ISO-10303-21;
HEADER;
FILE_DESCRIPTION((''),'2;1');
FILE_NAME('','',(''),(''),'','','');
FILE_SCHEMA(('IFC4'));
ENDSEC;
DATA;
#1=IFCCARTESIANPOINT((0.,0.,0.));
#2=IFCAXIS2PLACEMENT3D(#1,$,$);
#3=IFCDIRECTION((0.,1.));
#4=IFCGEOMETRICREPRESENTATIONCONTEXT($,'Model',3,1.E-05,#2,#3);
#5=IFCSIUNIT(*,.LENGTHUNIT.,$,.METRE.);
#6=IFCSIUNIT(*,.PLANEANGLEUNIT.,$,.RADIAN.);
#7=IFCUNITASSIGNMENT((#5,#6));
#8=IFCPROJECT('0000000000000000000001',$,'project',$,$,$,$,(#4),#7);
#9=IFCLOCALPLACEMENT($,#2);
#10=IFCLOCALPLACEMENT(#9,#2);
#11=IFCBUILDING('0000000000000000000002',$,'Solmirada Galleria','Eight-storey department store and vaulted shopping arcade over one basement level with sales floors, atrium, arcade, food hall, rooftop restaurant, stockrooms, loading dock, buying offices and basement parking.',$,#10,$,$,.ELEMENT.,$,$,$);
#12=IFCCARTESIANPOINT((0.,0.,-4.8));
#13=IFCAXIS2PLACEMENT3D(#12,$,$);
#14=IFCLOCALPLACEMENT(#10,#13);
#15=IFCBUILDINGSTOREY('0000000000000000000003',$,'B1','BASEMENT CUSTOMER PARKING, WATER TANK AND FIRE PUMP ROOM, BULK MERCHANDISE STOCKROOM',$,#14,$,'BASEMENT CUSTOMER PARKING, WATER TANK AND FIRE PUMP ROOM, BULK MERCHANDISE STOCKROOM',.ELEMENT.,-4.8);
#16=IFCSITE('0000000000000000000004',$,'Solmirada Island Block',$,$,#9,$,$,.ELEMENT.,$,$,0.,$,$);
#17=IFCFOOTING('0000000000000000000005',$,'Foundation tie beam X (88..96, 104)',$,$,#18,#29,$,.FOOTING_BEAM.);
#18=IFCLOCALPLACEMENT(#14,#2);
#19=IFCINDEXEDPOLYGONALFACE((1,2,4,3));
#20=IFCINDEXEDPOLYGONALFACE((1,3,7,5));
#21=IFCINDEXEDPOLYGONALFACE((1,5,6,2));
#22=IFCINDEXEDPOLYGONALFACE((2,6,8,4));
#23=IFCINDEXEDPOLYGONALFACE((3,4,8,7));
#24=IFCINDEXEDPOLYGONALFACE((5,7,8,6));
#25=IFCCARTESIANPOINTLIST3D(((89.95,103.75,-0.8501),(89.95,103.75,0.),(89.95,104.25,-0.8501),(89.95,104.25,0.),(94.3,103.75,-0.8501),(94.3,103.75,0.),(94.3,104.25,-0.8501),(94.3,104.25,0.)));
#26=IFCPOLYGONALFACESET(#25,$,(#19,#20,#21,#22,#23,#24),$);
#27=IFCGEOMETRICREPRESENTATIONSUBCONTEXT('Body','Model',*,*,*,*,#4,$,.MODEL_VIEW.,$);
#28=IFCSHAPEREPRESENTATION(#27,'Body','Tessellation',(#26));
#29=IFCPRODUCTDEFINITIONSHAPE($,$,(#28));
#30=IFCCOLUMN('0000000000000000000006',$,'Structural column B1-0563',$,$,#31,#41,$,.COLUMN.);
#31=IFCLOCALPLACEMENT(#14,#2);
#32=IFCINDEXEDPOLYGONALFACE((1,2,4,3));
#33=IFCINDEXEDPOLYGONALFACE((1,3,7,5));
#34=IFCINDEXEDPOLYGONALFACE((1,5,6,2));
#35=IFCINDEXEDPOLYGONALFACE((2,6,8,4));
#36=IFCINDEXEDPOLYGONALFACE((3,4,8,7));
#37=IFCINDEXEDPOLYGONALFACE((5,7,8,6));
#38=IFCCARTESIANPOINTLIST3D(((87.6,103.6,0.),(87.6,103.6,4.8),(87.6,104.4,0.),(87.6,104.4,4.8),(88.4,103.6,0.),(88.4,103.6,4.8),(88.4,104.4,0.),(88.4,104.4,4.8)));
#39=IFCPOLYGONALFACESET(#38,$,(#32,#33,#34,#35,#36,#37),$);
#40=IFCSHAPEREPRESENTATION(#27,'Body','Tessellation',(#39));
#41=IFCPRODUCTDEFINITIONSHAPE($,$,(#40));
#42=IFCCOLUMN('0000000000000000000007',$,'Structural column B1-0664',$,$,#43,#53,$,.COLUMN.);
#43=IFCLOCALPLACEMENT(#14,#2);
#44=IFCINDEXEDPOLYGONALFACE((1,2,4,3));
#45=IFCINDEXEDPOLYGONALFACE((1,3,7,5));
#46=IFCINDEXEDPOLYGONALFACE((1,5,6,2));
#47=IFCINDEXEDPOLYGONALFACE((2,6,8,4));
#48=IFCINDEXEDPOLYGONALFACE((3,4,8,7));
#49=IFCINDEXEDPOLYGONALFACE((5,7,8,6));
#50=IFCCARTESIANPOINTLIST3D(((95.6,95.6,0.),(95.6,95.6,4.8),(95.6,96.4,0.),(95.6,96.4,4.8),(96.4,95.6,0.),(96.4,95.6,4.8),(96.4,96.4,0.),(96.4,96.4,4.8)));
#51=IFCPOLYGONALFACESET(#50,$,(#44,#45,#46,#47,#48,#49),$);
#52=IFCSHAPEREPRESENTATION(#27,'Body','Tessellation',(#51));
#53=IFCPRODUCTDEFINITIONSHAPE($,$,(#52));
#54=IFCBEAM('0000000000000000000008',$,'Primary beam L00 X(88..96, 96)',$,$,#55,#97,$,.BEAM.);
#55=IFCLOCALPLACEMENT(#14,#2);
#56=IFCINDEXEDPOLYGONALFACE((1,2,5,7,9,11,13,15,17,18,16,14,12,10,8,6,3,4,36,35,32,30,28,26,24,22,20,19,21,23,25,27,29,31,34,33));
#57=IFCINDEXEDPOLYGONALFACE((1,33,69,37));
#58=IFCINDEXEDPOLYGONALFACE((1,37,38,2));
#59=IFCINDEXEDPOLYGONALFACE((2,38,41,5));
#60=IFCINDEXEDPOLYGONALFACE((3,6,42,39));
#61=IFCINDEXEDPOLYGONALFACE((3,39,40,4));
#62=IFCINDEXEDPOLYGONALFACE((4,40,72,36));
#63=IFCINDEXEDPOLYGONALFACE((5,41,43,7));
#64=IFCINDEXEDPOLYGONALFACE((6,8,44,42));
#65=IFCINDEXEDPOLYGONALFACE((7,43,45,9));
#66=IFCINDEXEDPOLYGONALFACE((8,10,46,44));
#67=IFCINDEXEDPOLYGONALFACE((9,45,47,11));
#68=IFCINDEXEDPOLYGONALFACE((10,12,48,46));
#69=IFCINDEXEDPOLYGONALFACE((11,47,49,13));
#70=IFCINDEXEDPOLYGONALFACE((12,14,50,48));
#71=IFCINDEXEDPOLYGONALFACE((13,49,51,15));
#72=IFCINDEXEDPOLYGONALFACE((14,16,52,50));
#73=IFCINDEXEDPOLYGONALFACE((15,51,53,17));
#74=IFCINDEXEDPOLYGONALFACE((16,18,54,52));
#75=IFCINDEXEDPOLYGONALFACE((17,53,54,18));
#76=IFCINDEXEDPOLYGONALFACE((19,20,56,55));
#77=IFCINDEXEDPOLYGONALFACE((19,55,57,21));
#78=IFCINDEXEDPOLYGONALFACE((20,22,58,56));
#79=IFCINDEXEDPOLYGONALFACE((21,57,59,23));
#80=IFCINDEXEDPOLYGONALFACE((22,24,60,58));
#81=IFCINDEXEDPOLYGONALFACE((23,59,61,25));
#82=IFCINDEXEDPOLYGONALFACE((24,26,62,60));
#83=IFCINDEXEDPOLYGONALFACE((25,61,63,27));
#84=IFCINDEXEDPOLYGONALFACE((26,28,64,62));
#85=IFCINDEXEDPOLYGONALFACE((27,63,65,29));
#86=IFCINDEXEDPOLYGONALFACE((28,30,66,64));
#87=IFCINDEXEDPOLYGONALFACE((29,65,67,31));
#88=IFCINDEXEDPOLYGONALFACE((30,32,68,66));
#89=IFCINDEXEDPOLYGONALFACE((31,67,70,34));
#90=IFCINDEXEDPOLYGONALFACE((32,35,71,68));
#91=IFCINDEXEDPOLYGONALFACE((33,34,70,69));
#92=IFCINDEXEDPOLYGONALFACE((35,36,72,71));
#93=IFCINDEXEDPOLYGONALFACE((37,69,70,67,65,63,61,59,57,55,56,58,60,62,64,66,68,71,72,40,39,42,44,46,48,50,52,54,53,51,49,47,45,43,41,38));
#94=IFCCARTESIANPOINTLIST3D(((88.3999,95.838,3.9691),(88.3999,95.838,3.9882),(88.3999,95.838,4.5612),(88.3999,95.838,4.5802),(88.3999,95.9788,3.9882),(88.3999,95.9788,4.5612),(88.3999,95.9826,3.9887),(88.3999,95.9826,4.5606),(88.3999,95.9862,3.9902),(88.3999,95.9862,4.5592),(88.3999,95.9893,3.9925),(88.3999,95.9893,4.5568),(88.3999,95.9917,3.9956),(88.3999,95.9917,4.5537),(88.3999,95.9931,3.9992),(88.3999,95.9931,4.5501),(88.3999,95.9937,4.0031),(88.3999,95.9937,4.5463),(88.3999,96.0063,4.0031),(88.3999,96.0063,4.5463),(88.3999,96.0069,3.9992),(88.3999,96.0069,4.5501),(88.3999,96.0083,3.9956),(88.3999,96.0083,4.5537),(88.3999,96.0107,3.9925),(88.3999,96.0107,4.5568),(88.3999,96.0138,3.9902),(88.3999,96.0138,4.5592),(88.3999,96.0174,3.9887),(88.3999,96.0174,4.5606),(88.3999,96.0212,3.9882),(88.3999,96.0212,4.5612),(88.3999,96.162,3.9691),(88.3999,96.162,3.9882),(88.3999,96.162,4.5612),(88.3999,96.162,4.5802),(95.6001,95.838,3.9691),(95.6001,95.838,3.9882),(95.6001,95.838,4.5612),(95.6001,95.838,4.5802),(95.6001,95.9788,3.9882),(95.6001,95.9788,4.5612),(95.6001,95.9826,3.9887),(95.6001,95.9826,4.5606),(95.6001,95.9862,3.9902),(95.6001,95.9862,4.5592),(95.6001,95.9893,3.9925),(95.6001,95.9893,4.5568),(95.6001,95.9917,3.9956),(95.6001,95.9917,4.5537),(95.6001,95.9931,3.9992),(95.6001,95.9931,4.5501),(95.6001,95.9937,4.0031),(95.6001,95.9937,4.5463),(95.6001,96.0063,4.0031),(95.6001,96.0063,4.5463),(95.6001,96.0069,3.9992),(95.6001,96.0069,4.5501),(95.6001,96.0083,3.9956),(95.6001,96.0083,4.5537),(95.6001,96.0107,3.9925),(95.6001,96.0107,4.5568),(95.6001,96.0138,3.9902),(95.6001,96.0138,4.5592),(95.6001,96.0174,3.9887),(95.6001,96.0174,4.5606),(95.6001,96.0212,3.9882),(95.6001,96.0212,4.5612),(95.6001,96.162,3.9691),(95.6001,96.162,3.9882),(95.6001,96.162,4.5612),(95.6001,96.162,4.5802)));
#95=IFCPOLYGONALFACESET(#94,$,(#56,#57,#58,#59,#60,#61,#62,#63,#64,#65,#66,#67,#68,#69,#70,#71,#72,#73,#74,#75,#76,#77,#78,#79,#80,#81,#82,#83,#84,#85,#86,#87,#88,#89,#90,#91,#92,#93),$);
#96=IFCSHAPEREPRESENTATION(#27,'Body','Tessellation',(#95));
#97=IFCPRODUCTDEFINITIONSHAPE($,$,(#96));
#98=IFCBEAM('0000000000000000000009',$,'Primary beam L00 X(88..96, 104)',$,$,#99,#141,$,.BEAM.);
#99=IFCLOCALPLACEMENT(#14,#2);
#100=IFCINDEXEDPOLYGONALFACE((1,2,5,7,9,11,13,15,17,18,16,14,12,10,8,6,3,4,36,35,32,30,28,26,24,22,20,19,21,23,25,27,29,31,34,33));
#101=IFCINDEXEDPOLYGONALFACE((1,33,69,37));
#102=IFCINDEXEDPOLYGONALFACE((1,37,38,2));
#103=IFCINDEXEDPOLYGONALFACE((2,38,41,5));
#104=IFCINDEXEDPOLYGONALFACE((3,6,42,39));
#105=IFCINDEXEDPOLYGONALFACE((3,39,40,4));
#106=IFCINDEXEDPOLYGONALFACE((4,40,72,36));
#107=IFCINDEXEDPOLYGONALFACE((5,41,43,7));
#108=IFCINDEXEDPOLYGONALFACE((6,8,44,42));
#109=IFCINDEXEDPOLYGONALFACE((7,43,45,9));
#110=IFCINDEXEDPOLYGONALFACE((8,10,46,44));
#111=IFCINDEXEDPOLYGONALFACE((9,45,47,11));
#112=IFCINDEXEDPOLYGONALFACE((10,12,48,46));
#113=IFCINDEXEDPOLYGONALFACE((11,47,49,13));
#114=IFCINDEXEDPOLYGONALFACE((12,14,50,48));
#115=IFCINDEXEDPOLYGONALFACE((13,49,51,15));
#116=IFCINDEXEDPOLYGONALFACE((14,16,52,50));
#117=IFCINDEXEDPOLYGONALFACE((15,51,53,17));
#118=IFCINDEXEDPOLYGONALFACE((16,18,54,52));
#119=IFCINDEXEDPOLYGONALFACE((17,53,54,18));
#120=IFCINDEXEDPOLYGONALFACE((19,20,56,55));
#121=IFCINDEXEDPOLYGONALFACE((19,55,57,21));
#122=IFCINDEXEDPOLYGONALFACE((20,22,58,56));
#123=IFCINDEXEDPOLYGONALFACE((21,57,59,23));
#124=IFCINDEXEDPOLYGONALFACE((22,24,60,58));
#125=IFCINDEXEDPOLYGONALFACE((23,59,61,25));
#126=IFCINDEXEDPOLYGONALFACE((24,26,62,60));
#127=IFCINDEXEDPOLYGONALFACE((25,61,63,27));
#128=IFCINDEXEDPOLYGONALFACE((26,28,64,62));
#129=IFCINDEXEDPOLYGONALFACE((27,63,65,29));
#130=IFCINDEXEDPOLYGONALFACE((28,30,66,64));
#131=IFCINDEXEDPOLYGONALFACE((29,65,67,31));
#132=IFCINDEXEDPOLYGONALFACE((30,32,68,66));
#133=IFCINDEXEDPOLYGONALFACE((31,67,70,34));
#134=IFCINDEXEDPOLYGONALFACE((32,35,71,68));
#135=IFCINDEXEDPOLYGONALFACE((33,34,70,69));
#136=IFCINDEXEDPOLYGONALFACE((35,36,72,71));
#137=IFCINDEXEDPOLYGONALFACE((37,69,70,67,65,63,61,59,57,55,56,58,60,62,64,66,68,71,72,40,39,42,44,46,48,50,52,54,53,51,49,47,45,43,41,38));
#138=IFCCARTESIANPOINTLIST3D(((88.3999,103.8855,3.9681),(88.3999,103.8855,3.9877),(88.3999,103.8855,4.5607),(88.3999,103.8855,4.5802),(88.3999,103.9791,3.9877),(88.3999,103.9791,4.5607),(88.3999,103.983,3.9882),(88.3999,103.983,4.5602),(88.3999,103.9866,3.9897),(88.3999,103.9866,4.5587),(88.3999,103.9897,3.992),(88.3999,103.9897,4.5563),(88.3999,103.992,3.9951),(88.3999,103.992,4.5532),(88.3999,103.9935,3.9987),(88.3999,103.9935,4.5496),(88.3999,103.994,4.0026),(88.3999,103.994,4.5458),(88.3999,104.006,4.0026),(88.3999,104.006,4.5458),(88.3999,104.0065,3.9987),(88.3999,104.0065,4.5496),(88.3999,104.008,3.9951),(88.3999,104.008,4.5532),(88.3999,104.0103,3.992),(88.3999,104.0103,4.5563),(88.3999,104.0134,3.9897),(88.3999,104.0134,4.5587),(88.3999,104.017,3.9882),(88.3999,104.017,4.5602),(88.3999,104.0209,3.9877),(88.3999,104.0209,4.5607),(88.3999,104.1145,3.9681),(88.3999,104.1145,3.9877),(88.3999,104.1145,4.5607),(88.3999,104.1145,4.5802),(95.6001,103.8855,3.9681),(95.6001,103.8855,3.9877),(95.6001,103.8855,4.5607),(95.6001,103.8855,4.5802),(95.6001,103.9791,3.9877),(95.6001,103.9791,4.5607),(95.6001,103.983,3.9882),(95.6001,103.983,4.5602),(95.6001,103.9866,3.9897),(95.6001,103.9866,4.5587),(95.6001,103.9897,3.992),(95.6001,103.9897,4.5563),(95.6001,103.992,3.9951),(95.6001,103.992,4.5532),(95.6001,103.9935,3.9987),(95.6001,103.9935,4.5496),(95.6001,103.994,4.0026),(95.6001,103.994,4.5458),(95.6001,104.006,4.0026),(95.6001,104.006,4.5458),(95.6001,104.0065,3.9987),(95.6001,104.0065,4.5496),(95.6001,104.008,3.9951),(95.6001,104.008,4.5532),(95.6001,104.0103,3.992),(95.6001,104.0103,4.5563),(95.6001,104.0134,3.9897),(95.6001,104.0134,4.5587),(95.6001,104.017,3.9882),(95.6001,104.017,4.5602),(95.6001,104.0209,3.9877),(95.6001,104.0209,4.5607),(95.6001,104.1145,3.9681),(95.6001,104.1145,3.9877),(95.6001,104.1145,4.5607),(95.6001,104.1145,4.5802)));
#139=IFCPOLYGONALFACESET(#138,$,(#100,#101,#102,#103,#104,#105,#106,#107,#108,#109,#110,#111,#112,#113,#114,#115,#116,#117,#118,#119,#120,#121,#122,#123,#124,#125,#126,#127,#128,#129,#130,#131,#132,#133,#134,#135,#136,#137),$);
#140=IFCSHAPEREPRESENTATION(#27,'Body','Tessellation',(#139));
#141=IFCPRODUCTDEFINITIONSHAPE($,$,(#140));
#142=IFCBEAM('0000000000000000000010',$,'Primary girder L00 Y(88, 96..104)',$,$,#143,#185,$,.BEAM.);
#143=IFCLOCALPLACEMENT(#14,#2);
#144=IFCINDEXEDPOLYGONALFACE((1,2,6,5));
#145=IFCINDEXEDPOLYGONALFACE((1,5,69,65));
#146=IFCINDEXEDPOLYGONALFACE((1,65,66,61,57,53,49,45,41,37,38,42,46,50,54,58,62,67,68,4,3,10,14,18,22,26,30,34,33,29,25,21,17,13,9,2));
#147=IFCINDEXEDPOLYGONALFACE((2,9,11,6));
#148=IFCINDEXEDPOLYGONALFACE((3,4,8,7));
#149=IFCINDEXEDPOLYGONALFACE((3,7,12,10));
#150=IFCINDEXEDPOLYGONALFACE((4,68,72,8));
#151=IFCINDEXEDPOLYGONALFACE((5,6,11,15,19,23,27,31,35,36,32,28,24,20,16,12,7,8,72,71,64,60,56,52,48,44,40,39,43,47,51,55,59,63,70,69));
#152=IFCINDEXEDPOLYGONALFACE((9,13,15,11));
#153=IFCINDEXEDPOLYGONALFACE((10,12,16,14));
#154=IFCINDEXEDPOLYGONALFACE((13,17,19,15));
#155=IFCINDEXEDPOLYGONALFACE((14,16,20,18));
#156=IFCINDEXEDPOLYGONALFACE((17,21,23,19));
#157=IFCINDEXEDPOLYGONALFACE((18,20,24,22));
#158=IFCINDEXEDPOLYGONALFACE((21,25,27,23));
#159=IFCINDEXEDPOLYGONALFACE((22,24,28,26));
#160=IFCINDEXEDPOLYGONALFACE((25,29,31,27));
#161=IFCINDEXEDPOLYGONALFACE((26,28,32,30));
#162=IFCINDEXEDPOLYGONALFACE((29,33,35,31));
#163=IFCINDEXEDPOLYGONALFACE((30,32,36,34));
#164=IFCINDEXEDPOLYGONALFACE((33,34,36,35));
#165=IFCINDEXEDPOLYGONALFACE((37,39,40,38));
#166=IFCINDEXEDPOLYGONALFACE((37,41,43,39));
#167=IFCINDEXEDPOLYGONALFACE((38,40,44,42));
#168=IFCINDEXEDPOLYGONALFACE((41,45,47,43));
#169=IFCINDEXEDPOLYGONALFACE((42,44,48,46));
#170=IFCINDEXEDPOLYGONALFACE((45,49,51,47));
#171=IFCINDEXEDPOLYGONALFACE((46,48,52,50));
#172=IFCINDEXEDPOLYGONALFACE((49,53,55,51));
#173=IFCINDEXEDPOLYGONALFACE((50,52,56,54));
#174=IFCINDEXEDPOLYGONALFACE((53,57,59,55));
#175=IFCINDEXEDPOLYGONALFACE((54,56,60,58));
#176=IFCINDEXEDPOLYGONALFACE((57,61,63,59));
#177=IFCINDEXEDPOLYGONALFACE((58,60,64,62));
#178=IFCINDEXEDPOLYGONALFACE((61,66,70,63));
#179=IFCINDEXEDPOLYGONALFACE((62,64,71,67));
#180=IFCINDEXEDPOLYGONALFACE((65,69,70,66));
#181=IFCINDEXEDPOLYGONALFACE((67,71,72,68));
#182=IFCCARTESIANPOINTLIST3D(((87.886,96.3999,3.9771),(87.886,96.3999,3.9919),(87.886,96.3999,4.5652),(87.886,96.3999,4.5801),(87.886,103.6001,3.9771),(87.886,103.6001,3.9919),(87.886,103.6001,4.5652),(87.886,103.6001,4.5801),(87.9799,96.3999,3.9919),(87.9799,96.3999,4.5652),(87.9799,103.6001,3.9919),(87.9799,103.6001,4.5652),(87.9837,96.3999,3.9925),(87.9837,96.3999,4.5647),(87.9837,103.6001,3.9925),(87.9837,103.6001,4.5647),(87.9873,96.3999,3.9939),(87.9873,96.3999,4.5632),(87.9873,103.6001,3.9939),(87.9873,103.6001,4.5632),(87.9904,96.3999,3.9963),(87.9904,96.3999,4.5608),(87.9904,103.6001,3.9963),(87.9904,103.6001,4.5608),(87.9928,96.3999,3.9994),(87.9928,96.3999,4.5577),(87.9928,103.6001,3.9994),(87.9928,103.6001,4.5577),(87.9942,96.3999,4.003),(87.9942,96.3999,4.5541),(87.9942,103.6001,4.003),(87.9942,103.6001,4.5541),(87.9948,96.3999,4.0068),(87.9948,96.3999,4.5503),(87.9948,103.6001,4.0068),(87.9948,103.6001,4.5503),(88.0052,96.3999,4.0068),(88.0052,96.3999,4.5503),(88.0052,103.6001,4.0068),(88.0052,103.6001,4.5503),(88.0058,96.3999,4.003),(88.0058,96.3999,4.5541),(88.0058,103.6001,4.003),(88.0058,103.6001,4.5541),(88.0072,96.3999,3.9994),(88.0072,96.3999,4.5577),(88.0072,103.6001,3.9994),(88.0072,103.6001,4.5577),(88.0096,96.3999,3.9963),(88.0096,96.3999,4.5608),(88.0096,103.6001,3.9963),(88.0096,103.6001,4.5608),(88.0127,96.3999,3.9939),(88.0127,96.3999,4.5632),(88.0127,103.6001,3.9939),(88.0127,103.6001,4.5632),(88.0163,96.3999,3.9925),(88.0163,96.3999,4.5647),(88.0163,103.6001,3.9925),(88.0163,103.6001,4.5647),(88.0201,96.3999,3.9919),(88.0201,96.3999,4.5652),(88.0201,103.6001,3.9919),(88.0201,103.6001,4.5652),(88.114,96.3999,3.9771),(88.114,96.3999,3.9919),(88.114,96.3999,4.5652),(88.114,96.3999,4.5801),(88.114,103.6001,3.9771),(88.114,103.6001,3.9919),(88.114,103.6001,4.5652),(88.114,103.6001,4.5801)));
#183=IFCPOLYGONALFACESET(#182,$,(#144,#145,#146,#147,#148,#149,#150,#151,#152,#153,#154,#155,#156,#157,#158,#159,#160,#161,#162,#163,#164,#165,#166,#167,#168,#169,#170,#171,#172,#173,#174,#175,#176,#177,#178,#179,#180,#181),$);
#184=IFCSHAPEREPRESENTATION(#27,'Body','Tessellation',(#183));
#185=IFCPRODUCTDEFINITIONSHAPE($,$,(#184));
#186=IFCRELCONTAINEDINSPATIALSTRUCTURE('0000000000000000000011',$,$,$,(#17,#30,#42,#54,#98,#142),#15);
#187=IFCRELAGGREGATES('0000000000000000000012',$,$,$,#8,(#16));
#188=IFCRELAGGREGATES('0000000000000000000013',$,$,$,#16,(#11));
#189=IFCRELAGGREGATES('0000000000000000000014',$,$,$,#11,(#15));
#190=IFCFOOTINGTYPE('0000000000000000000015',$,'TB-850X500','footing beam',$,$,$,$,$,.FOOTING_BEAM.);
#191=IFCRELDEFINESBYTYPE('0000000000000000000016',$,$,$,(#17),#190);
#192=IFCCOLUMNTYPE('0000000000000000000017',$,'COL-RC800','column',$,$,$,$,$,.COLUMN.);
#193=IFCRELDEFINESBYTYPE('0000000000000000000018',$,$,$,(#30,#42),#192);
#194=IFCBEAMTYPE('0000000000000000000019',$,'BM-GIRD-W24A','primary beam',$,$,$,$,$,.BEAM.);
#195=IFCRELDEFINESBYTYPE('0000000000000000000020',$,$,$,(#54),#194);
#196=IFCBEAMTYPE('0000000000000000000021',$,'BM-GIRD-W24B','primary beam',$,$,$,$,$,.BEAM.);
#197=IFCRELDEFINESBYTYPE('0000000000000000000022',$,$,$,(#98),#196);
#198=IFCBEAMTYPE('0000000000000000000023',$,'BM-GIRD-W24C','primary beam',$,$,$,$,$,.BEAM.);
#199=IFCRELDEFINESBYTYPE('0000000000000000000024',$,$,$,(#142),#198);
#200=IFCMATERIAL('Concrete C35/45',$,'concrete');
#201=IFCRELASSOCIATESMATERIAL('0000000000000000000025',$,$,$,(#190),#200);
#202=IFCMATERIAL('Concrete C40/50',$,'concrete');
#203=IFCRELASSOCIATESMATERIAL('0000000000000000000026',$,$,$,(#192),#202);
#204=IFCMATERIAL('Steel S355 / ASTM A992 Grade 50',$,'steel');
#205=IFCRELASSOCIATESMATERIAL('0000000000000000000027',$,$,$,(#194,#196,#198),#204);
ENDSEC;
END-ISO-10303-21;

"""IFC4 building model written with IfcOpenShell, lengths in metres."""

from ifc_helpers import new_model, si_unit, direction, frame, origin, origin_2d, place, context, subcontext, project, spatial, rectangle, i_section, extrude, material, material_profile, profile_set, type_object, element, save


model = new_model("IFC4")

# Units and contexts
model_context = context("Model", 3, precision=1e-05, world=origin(), true_north=direction((0.0, 1.0)))
body_context = subcontext(model_context, "Body", "Model", "MODEL_VIEW")
ifc_project = project(units=[si_unit("LENGTHUNIT", "METRE"), si_unit("PLANEANGLEUNIT", "RADIAN")], contexts=[model_context])

# Site, building, storey
site_placement = place(None, origin())
site = spatial("IfcSite", under=ifc_project, at=site_placement, Name="Solmirada Island Block", CompositionType="ELEMENT", RefElevation=0.0)
building_placement = place(site_placement, origin())
building = spatial("IfcBuilding", under=site, at=building_placement, Name="Solmirada Galleria", Description="Eight-storey department store and vaulted shopping arcade over one basement level with sales floors, atrium, arcade, food hall, rooftop restaurant, stockrooms, loading dock, buying offices and basement parking.", CompositionType="ELEMENT")
storey_placement = place(building_placement, frame((0.0, 0.0, -4.8)))
storey = spatial("IfcBuildingStorey", under=building, at=storey_placement, Name="B1", Description="BASEMENT CUSTOMER PARKING, WATER TANK AND FIRE PUMP ROOM, BULK MERCHANDISE STOCKROOM", LongName="BASEMENT CUSTOMER PARKING, WATER TANK AND FIRE PUMP ROOM, BULK MERCHANDISE STOCKROOM", CompositionType="ELEMENT", Elevation=-4.8)

# Shared definitions
ifc_material_1 = material(Name="Concrete C35/45", Category="concrete")

# Shared definitions
ifc_material_2 = material(Name="Concrete C40/50", Category="concrete")

# Footing
ifc_material_profile_1 = material_profile(ifc_material_1, rectangle(XDim=0.5, YDim=0.8501, at=origin_2d()), Name="RC850X500")
ifc_profile_set_1 = profile_set([ifc_material_profile_1], Name="Concrete C35/45")
footing_type_1 = type_object("IfcFootingType", Name="TB-850X500", Description="footing beam", PredefinedType="FOOTING_BEAM", material=ifc_profile_set_1)
footing_1_placement = place(storey_placement, frame((89.95, 104.0, -0.425), z_axis=(1.0, 0.0, 0.0), x_axis=(0.0, 1.0, 0.0)))
element("IfcFooting", 1, at=footing_1_placement, inside=storey, type_object=footing_type_1, Name="Foundation tie beam X (88..96, 104)", PredefinedType="FOOTING_BEAM", context=body_context, shape_type="SweptSolid", body=[
    extrude(rectangle(XDim=0.5, YDim=0.8501, at=origin_2d()), origin(), (0.0, 0.0, 1.0), 4.3501),
])

# Columns
ifc_material_profile_2 = material_profile(ifc_material_2, rectangle(XDim=0.8, YDim=0.8, at=origin_2d()), Name="RC800X800")
ifc_profile_set_2 = profile_set([ifc_material_profile_2], Name="Concrete C40/50")
column_type = type_object("IfcColumnType", Name="COL-RC800", Description="column", PredefinedType="COLUMN", material=ifc_profile_set_2)
for number, where, z_axis, x_axis, name in (
    (2, (88.0, 104.0, 0.0), (0.0, 0.0, 1.0), (1.0, 0.0, 0.0), "Structural column B1-0563"),
    (3, (96.0, 96.0, 0.0), (0.0, 0.0, 1.0), (1.0, 0.0, 0.0), "Structural column B1-0664"),
):
    element("IfcColumn", number, at=place(storey_placement, frame(where, z_axis=z_axis, x_axis=x_axis)), inside=storey, type_object=column_type, Name=name, PredefinedType="COLUMN", context=body_context, shape_type="SweptSolid", body=[
        extrude(rectangle(XDim=0.8, YDim=0.8, at=origin_2d()), origin(), (0.0, 0.0, 1.0), 4.8),
    ])

# Beams
ifc_material_3 = material(Name="Steel S355 / ASTM A992 Grade 50", Category="steel")
ifc_material_profile_3 = material_profile(ifc_material_3, i_section(OverallWidth=0.324, OverallDepth=0.6111, WebThickness=0.0127, FlangeThickness=0.019, FilletRadius=0.0149, at=origin_2d()), Name="W24X104")
ifc_profile_set_3 = profile_set([ifc_material_profile_3], Name="Steel S355 / ASTM A992 Grade 50")
beam_type_1 = type_object("IfcBeamType", Name="BM-GIRD-W24A", Description="primary beam", PredefinedType="BEAM", material=ifc_profile_set_3)
beam_1_placement = place(storey_placement, frame((88.3999, 96.0, 4.2747), z_axis=(1.0, 0.0, 0.0), x_axis=(0.0, 1.0, 0.0)))
element("IfcBeam", 4, at=beam_1_placement, inside=storey, type_object=beam_type_1, Name="Primary beam L00 X(88..96, 96)", PredefinedType="BEAM", context=body_context, shape_type="SweptSolid", body=[
    extrude(i_section(OverallWidth=0.324, OverallDepth=0.6111, WebThickness=0.0127, FlangeThickness=0.019, FilletRadius=0.0149, at=origin_2d()), origin(), (0.0, 0.0, 1.0), 7.2002),
])
ifc_material_profile_4 = material_profile(ifc_material_3, i_section(OverallWidth=0.229, OverallDepth=0.6121, WebThickness=0.012, FlangeThickness=0.0195, FilletRadius=0.0149, at=origin_2d()), Name="W24X84")
ifc_profile_set_4 = profile_set([ifc_material_profile_4], Name="Steel S355 / ASTM A992 Grade 50")
beam_type_2 = type_object("IfcBeamType", Name="BM-GIRD-W24B", Description="primary beam", PredefinedType="BEAM", material=ifc_profile_set_4)
beam_2_placement = place(storey_placement, frame((88.3999, 104.0, 4.2742), z_axis=(1.0, 0.0, 0.0), x_axis=(0.0, 1.0, 0.0)))
element("IfcBeam", 5, at=beam_2_placement, inside=storey, type_object=beam_type_2, Name="Primary beam L00 X(88..96, 104)", PredefinedType="BEAM", context=body_context, shape_type="SweptSolid", body=[
    extrude(i_section(OverallWidth=0.229, OverallDepth=0.6121, WebThickness=0.012, FlangeThickness=0.0195, FilletRadius=0.0149, at=origin_2d()), origin(), (0.0, 0.0, 1.0), 7.2002),
])
ifc_material_profile_5 = material_profile(ifc_material_3, i_section(OverallWidth=0.228, OverallDepth=0.603, WebThickness=0.0105, FlangeThickness=0.0149, FilletRadius=0.0149, at=origin_2d()), Name="W24X68")
ifc_profile_set_5 = profile_set([ifc_material_profile_5], Name="Steel S355 / ASTM A992 Grade 50")
beam_type_3 = type_object("IfcBeamType", Name="BM-GIRD-W24C", Description="primary beam", PredefinedType="BEAM", material=ifc_profile_set_5)
beam_3_placement = place(storey_placement, frame((88.0, 96.3999, 4.2786), z_axis=(0.0, 1.0, 0.0), x_axis=(-1.0, 0.0, 0.0)))
element("IfcBeam", 6, at=beam_3_placement, inside=storey, type_object=beam_type_3, Name="Primary girder L00 Y(88, 96..104)", PredefinedType="BEAM", context=body_context, shape_type="SweptSolid", body=[
    extrude(i_section(OverallWidth=0.228, OverallDepth=0.603, WebThickness=0.0105, FlangeThickness=0.0149, FilletRadius=0.0149, at=origin_2d()), origin(), (0.0, 0.0, 1.0), 7.2002),
])

save(model, "model.ifc")
